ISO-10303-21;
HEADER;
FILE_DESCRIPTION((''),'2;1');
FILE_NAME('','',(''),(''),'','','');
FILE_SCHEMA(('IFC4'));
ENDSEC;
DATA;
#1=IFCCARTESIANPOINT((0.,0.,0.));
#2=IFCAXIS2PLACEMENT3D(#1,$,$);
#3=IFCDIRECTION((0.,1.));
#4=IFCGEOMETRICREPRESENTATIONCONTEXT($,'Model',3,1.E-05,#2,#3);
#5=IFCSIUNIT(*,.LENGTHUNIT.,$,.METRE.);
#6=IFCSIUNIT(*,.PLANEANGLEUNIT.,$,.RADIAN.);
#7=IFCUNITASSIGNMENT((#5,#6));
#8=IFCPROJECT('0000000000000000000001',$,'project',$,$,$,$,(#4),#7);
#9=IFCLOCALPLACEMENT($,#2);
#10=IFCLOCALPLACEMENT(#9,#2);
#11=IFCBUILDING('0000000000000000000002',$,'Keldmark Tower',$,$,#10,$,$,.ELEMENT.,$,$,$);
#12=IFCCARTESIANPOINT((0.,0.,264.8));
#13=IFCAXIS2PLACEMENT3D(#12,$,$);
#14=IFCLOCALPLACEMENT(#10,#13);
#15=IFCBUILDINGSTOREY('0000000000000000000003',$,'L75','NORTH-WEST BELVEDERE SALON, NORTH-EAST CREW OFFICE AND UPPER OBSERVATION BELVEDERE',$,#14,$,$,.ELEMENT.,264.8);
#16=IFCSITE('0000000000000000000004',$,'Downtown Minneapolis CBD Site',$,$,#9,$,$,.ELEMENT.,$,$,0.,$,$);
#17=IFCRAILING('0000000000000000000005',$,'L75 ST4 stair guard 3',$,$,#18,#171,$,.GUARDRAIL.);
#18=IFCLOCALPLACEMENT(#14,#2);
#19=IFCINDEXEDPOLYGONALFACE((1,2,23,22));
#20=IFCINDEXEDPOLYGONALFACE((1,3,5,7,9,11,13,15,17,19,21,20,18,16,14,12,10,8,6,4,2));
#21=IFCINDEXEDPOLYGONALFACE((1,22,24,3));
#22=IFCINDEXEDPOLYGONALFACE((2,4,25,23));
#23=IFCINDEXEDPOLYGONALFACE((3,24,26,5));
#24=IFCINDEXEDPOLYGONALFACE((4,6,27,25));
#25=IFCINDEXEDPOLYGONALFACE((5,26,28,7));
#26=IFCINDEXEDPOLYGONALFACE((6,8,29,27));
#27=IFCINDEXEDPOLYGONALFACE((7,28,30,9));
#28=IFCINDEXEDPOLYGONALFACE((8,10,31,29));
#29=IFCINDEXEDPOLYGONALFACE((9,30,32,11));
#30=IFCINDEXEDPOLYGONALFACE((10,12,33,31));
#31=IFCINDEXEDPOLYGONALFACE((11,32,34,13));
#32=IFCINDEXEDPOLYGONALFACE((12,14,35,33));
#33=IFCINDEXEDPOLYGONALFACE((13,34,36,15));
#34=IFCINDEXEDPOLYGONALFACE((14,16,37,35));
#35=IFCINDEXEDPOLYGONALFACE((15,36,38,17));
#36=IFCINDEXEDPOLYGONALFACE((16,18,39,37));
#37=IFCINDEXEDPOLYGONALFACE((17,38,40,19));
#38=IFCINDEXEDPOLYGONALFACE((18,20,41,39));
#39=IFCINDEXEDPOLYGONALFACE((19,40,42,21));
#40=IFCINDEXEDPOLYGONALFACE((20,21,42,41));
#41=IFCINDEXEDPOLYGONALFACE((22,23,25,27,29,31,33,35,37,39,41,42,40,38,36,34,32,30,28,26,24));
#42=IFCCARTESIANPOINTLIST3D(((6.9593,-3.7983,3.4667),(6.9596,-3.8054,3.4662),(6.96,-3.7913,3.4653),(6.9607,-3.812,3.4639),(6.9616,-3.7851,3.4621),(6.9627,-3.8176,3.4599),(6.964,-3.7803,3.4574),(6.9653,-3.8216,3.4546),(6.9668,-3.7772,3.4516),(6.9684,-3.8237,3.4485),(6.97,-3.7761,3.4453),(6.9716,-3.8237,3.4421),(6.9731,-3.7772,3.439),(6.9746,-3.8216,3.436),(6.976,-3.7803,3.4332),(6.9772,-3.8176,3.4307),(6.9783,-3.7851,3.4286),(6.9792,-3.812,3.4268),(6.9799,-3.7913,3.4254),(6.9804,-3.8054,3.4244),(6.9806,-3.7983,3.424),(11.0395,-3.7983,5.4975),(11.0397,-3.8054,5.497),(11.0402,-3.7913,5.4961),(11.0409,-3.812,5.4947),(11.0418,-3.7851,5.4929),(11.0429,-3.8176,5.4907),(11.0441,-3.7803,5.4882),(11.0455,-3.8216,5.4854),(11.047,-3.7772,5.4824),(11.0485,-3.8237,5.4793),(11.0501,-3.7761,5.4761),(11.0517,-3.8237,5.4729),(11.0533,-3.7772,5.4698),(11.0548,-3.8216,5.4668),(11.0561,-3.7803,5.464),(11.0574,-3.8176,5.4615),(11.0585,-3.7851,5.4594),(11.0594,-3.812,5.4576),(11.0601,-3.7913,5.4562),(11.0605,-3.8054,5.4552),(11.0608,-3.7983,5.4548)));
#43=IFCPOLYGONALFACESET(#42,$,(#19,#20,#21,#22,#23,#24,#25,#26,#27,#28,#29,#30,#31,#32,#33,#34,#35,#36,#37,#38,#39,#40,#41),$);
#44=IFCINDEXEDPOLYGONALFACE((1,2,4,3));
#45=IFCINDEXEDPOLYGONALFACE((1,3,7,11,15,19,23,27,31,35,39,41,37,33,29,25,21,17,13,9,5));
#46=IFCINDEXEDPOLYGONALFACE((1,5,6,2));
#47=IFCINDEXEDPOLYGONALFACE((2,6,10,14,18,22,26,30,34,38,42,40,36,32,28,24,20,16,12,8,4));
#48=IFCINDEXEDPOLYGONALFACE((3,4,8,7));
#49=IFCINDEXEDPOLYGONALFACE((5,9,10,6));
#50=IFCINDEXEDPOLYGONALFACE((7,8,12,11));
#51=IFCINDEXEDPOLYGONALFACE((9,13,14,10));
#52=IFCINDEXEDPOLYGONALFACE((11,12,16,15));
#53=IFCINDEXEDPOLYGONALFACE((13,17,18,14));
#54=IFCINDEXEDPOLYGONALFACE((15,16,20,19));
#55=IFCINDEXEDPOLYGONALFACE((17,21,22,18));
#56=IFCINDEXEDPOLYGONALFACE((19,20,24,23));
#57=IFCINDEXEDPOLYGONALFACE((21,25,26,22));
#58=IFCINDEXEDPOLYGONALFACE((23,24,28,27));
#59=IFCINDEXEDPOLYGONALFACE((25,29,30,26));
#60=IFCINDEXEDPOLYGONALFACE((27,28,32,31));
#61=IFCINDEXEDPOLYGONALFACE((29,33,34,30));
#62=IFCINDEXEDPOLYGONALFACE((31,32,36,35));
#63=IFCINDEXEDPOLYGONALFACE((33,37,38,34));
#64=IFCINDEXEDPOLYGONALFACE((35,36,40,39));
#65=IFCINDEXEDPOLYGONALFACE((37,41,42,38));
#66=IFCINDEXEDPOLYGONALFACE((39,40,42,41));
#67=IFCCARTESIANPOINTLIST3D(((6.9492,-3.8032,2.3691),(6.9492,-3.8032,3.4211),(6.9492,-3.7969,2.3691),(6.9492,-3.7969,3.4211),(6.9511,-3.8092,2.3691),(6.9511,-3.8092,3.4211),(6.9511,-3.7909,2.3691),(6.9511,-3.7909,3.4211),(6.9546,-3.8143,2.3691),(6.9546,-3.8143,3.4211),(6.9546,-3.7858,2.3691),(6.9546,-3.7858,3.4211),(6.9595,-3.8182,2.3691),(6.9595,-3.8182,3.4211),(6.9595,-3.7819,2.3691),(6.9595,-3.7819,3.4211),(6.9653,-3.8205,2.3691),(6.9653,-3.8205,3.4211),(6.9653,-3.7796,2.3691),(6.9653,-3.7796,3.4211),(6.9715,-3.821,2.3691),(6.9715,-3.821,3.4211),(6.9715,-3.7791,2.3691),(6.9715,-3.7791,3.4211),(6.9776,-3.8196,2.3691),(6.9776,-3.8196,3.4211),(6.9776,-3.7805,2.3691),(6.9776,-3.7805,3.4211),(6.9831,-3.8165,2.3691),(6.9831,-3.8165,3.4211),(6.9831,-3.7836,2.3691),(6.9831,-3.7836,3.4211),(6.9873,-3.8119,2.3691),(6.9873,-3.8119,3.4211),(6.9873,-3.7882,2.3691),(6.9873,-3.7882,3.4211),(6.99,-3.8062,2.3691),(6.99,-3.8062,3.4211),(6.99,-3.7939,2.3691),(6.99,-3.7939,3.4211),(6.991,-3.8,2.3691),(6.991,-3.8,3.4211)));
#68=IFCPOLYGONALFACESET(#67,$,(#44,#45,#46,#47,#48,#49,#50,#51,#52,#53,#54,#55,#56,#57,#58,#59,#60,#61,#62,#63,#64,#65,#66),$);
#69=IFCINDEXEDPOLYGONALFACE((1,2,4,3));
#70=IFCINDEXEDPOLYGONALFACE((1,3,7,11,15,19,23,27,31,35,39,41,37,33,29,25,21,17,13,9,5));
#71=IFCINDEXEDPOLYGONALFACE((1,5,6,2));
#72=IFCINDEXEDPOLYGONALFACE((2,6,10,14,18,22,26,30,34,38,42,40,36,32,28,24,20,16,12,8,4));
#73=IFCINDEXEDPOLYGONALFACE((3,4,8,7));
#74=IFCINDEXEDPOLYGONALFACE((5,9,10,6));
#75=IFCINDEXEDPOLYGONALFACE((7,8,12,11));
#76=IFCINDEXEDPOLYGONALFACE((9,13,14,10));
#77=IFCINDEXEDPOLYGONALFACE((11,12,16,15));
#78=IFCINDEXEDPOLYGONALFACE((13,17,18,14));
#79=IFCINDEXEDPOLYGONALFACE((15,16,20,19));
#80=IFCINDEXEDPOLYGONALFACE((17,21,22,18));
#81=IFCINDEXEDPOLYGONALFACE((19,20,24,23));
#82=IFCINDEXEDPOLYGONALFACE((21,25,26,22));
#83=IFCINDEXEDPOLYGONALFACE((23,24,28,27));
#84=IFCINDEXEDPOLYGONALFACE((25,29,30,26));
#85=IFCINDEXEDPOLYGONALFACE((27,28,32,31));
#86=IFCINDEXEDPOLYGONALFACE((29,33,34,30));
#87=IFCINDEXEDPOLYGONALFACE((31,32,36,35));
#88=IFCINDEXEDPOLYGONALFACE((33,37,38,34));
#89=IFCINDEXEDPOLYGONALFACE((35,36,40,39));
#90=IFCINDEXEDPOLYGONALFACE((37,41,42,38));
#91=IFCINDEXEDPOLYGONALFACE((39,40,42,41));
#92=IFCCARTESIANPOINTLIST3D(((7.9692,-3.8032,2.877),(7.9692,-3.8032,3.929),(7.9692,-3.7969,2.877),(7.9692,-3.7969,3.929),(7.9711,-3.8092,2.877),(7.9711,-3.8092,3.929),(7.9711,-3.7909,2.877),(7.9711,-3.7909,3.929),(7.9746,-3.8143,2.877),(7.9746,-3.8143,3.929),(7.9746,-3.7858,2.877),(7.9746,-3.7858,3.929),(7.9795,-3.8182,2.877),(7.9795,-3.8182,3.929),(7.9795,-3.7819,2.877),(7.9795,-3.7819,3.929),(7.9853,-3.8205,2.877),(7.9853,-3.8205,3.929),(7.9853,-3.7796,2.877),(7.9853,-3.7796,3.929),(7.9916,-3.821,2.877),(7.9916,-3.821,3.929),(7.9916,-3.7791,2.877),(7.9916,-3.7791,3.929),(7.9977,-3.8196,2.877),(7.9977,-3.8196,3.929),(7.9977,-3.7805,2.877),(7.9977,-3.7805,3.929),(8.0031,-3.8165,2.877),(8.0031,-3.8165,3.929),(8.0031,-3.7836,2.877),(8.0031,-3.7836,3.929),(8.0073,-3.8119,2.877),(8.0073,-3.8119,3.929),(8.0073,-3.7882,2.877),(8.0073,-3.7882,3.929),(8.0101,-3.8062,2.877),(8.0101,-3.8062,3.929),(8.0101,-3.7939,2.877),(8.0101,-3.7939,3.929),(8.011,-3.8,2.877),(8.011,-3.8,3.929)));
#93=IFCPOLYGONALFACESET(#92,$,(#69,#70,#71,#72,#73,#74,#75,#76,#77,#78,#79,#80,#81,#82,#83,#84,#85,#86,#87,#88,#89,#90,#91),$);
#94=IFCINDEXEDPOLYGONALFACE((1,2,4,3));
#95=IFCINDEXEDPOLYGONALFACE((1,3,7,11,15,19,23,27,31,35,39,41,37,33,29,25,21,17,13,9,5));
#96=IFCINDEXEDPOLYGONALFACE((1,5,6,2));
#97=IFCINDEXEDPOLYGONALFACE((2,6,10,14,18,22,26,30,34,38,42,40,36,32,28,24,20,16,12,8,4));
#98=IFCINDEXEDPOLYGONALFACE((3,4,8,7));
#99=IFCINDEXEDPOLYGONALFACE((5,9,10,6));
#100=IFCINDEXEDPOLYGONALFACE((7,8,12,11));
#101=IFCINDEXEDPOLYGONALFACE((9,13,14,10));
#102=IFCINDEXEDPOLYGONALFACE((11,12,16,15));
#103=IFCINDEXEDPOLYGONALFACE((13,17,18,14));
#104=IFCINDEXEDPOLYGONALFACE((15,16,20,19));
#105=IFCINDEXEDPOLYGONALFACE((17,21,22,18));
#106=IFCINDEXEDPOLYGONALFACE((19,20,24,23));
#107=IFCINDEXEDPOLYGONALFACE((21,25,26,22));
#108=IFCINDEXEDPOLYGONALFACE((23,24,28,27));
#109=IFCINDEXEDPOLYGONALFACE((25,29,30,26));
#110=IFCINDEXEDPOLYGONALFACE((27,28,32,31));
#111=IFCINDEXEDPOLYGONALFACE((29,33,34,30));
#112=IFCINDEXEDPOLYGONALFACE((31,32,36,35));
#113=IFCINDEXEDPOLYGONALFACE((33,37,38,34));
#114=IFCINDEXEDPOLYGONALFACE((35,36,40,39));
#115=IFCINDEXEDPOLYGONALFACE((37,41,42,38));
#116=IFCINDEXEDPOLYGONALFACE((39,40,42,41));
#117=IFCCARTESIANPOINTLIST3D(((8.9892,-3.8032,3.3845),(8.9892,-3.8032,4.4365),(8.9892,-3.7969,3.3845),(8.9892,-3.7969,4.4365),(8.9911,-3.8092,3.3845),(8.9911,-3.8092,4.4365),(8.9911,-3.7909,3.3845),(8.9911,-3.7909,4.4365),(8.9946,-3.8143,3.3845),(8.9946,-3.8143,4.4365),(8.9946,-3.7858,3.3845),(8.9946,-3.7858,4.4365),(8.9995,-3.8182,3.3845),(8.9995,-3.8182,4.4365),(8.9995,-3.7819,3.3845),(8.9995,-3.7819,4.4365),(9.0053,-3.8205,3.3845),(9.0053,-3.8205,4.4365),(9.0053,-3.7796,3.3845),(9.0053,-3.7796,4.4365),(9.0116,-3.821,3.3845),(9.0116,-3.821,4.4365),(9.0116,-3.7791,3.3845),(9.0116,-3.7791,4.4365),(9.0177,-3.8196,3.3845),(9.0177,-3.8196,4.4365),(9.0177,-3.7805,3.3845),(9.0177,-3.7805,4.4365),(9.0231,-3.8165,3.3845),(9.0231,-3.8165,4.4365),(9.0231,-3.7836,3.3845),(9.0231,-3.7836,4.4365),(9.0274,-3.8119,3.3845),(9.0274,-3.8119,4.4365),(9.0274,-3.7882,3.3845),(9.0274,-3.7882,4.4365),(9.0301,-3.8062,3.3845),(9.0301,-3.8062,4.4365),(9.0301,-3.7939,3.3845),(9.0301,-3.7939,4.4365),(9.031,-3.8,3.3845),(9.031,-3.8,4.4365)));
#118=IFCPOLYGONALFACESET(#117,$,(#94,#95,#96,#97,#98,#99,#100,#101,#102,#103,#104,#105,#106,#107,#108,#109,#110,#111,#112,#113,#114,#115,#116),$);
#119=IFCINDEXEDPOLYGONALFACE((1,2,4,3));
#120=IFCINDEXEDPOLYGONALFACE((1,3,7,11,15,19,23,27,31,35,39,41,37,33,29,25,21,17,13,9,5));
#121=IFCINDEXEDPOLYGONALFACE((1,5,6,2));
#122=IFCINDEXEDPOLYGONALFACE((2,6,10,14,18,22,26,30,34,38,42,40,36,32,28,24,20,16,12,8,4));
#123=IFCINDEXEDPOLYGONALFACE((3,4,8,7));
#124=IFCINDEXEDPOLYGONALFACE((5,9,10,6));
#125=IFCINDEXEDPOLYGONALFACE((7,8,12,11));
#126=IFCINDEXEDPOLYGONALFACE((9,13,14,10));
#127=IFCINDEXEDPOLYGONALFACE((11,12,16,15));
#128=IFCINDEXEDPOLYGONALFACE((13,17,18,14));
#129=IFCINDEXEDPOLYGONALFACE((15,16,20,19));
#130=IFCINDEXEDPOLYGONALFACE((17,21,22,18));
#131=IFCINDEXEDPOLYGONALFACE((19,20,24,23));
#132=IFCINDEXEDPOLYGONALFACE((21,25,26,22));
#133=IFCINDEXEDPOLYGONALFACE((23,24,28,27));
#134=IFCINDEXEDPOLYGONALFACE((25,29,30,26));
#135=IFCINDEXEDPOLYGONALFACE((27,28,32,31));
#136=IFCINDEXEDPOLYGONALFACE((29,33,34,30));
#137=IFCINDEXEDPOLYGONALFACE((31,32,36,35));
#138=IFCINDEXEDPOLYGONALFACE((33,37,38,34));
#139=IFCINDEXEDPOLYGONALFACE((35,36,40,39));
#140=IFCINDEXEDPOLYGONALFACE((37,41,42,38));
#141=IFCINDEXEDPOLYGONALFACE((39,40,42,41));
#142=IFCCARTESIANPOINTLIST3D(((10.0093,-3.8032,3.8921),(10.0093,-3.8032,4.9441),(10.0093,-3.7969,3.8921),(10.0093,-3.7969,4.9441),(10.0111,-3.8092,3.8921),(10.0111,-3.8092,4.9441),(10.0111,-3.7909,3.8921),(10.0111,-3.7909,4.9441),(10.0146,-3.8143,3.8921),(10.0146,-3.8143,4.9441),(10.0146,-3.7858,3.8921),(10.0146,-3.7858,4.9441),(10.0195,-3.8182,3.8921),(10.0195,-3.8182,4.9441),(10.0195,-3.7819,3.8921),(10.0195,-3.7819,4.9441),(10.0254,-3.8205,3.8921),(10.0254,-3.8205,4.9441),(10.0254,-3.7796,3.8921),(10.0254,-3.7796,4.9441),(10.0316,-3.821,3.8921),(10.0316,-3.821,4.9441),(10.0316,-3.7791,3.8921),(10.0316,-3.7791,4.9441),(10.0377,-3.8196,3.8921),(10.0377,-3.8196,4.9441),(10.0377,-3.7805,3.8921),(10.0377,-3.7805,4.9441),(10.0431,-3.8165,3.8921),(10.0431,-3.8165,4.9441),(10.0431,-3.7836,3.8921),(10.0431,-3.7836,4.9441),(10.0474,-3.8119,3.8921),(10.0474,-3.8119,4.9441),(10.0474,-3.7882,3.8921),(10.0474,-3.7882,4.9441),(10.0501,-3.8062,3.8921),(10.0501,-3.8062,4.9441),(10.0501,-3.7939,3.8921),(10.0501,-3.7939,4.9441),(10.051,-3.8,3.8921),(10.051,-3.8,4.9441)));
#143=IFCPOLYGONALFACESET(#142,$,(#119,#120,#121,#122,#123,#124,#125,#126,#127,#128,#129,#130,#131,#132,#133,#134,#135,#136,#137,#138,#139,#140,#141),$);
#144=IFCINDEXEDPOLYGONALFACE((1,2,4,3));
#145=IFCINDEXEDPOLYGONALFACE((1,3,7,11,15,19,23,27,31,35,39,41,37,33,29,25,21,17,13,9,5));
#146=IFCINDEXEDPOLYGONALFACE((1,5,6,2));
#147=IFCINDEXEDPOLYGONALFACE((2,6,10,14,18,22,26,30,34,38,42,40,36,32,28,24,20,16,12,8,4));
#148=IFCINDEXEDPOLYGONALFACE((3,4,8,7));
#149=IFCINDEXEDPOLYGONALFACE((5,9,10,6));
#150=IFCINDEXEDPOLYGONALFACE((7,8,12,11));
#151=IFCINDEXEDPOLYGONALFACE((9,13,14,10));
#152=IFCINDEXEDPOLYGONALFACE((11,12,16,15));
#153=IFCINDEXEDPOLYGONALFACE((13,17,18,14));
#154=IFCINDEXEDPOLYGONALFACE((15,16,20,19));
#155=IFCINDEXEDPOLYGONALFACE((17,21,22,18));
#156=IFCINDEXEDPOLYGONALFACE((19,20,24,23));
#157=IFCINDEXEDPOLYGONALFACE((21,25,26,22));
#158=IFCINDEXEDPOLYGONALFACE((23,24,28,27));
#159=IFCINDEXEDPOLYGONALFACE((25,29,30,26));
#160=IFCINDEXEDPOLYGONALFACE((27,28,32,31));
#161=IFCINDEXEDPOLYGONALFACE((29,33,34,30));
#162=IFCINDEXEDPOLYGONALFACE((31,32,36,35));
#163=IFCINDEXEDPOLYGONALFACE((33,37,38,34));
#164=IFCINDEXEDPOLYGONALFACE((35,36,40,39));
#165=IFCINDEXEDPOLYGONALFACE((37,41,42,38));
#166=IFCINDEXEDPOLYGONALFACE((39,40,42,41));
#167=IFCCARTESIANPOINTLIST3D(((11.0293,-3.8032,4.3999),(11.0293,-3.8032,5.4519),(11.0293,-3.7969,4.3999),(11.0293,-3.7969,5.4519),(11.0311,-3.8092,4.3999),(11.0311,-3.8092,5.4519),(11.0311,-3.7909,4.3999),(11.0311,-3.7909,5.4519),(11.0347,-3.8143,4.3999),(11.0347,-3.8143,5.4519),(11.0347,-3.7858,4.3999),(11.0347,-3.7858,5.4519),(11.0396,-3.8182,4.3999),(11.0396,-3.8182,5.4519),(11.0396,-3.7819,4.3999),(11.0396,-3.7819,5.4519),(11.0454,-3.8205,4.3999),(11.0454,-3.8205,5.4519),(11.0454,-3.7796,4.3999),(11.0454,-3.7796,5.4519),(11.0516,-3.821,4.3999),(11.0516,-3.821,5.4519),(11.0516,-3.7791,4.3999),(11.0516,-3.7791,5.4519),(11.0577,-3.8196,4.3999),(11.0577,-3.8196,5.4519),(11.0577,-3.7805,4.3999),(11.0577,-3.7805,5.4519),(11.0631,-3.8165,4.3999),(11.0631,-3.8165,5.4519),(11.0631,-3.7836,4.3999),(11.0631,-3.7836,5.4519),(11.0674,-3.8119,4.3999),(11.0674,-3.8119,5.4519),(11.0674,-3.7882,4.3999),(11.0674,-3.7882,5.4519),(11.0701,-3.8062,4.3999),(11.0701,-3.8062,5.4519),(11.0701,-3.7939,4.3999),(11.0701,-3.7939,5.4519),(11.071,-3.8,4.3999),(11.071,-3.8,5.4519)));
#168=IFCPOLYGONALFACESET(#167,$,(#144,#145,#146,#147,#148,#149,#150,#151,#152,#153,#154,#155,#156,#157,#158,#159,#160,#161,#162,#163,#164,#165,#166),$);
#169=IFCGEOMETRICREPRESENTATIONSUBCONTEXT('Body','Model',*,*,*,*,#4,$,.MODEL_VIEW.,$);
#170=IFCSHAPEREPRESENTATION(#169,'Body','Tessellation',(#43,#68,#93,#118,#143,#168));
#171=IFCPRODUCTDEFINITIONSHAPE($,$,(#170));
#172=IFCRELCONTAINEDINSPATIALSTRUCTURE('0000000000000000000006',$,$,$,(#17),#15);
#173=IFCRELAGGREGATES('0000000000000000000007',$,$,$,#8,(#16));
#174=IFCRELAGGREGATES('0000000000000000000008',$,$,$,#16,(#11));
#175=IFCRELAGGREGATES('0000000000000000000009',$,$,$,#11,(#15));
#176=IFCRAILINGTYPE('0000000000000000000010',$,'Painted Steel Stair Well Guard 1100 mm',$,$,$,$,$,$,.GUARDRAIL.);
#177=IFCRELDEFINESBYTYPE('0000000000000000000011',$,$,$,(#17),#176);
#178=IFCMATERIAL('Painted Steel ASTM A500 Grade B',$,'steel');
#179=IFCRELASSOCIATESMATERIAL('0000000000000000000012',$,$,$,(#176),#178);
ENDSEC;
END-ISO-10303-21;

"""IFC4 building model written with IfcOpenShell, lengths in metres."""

from ifc_helpers import new_model, si_unit, direction, frame, origin, origin_2d, place, context, subcontext, project, spatial, circle, extrude, material, type_object, element, save


model = new_model("IFC4")

# Units and contexts
model_context = context("Model", 3, precision=1e-05, world=origin(), true_north=direction((0.0, 1.0)))
body_context = subcontext(model_context, "Body", "Model", "MODEL_VIEW")
ifc_project = project(units=[si_unit("LENGTHUNIT", "METRE"), si_unit("PLANEANGLEUNIT", "RADIAN")], contexts=[model_context])

# Site, building, storey
site_placement = place(None, origin())
site = spatial("IfcSite", under=ifc_project, at=site_placement, Name="Downtown Minneapolis CBD Site", CompositionType="ELEMENT", RefElevation=0.0)
building_placement = place(site_placement, origin())
building = spatial("IfcBuilding", under=site, at=building_placement, Name="Keldmark Tower", CompositionType="ELEMENT")
storey_placement = place(building_placement, frame((0.0, 0.0, 264.8)))
storey = spatial("IfcBuildingStorey", under=building, at=storey_placement, Name="L75", Description="NORTH-WEST BELVEDERE SALON, NORTH-EAST CREW OFFICE AND UPPER OBSERVATION BELVEDERE", CompositionType="ELEMENT", Elevation=264.8)

# Railing
ifc_material_1 = material(Name="Painted Steel ASTM A500 Grade B", Category="steel")
railing_type_1 = type_object("IfcRailingType", Name="Painted Steel Stair Well Guard 1100 mm", PredefinedType="GUARDRAIL", material=ifc_material_1)
railing_1_placement = place(storey_placement, frame((6.97, -3.8, 2.3691)))
element("IfcRailing", 1, at=railing_1_placement, inside=storey, type_object=railing_type_1, Name="L75 ST4 stair guard 3", PredefinedType="GUARDRAIL", context=body_context, shape_type="SweptSolid", body=[
    extrude(circle(Radius=0.0239, at=origin_2d()), frame((0.0, 0.0, 1.0762), z_axis=(0.89524, 0.0, 0.445584), x_axis=(0.0, 1.0, 0.0)), (0.0, 0.0, 1.0), 4.5576),
    extrude(circle(Radius=0.021, at=origin_2d()), origin(), (0.0, 0.0, 1.0), 1.052),
    extrude(circle(Radius=0.021, at=origin_2d()), frame((1.02, 0.0, 0.5078)), (0.0, 0.0, 1.0), 1.052),
    extrude(circle(Radius=0.021, at=origin_2d()), frame((2.04, 0.0, 1.0154)), (0.0, 0.0, 1.0), 1.052),
    extrude(circle(Radius=0.021, at=origin_2d()), frame((3.0601, 0.0, 1.5229)), (0.0, 0.0, 1.0), 1.052),
    extrude(circle(Radius=0.021, at=origin_2d()), frame((4.0801, 0.0, 2.0308)), (0.0, 0.0, 1.0), 1.052),
])

save(model, "model.ifc")
